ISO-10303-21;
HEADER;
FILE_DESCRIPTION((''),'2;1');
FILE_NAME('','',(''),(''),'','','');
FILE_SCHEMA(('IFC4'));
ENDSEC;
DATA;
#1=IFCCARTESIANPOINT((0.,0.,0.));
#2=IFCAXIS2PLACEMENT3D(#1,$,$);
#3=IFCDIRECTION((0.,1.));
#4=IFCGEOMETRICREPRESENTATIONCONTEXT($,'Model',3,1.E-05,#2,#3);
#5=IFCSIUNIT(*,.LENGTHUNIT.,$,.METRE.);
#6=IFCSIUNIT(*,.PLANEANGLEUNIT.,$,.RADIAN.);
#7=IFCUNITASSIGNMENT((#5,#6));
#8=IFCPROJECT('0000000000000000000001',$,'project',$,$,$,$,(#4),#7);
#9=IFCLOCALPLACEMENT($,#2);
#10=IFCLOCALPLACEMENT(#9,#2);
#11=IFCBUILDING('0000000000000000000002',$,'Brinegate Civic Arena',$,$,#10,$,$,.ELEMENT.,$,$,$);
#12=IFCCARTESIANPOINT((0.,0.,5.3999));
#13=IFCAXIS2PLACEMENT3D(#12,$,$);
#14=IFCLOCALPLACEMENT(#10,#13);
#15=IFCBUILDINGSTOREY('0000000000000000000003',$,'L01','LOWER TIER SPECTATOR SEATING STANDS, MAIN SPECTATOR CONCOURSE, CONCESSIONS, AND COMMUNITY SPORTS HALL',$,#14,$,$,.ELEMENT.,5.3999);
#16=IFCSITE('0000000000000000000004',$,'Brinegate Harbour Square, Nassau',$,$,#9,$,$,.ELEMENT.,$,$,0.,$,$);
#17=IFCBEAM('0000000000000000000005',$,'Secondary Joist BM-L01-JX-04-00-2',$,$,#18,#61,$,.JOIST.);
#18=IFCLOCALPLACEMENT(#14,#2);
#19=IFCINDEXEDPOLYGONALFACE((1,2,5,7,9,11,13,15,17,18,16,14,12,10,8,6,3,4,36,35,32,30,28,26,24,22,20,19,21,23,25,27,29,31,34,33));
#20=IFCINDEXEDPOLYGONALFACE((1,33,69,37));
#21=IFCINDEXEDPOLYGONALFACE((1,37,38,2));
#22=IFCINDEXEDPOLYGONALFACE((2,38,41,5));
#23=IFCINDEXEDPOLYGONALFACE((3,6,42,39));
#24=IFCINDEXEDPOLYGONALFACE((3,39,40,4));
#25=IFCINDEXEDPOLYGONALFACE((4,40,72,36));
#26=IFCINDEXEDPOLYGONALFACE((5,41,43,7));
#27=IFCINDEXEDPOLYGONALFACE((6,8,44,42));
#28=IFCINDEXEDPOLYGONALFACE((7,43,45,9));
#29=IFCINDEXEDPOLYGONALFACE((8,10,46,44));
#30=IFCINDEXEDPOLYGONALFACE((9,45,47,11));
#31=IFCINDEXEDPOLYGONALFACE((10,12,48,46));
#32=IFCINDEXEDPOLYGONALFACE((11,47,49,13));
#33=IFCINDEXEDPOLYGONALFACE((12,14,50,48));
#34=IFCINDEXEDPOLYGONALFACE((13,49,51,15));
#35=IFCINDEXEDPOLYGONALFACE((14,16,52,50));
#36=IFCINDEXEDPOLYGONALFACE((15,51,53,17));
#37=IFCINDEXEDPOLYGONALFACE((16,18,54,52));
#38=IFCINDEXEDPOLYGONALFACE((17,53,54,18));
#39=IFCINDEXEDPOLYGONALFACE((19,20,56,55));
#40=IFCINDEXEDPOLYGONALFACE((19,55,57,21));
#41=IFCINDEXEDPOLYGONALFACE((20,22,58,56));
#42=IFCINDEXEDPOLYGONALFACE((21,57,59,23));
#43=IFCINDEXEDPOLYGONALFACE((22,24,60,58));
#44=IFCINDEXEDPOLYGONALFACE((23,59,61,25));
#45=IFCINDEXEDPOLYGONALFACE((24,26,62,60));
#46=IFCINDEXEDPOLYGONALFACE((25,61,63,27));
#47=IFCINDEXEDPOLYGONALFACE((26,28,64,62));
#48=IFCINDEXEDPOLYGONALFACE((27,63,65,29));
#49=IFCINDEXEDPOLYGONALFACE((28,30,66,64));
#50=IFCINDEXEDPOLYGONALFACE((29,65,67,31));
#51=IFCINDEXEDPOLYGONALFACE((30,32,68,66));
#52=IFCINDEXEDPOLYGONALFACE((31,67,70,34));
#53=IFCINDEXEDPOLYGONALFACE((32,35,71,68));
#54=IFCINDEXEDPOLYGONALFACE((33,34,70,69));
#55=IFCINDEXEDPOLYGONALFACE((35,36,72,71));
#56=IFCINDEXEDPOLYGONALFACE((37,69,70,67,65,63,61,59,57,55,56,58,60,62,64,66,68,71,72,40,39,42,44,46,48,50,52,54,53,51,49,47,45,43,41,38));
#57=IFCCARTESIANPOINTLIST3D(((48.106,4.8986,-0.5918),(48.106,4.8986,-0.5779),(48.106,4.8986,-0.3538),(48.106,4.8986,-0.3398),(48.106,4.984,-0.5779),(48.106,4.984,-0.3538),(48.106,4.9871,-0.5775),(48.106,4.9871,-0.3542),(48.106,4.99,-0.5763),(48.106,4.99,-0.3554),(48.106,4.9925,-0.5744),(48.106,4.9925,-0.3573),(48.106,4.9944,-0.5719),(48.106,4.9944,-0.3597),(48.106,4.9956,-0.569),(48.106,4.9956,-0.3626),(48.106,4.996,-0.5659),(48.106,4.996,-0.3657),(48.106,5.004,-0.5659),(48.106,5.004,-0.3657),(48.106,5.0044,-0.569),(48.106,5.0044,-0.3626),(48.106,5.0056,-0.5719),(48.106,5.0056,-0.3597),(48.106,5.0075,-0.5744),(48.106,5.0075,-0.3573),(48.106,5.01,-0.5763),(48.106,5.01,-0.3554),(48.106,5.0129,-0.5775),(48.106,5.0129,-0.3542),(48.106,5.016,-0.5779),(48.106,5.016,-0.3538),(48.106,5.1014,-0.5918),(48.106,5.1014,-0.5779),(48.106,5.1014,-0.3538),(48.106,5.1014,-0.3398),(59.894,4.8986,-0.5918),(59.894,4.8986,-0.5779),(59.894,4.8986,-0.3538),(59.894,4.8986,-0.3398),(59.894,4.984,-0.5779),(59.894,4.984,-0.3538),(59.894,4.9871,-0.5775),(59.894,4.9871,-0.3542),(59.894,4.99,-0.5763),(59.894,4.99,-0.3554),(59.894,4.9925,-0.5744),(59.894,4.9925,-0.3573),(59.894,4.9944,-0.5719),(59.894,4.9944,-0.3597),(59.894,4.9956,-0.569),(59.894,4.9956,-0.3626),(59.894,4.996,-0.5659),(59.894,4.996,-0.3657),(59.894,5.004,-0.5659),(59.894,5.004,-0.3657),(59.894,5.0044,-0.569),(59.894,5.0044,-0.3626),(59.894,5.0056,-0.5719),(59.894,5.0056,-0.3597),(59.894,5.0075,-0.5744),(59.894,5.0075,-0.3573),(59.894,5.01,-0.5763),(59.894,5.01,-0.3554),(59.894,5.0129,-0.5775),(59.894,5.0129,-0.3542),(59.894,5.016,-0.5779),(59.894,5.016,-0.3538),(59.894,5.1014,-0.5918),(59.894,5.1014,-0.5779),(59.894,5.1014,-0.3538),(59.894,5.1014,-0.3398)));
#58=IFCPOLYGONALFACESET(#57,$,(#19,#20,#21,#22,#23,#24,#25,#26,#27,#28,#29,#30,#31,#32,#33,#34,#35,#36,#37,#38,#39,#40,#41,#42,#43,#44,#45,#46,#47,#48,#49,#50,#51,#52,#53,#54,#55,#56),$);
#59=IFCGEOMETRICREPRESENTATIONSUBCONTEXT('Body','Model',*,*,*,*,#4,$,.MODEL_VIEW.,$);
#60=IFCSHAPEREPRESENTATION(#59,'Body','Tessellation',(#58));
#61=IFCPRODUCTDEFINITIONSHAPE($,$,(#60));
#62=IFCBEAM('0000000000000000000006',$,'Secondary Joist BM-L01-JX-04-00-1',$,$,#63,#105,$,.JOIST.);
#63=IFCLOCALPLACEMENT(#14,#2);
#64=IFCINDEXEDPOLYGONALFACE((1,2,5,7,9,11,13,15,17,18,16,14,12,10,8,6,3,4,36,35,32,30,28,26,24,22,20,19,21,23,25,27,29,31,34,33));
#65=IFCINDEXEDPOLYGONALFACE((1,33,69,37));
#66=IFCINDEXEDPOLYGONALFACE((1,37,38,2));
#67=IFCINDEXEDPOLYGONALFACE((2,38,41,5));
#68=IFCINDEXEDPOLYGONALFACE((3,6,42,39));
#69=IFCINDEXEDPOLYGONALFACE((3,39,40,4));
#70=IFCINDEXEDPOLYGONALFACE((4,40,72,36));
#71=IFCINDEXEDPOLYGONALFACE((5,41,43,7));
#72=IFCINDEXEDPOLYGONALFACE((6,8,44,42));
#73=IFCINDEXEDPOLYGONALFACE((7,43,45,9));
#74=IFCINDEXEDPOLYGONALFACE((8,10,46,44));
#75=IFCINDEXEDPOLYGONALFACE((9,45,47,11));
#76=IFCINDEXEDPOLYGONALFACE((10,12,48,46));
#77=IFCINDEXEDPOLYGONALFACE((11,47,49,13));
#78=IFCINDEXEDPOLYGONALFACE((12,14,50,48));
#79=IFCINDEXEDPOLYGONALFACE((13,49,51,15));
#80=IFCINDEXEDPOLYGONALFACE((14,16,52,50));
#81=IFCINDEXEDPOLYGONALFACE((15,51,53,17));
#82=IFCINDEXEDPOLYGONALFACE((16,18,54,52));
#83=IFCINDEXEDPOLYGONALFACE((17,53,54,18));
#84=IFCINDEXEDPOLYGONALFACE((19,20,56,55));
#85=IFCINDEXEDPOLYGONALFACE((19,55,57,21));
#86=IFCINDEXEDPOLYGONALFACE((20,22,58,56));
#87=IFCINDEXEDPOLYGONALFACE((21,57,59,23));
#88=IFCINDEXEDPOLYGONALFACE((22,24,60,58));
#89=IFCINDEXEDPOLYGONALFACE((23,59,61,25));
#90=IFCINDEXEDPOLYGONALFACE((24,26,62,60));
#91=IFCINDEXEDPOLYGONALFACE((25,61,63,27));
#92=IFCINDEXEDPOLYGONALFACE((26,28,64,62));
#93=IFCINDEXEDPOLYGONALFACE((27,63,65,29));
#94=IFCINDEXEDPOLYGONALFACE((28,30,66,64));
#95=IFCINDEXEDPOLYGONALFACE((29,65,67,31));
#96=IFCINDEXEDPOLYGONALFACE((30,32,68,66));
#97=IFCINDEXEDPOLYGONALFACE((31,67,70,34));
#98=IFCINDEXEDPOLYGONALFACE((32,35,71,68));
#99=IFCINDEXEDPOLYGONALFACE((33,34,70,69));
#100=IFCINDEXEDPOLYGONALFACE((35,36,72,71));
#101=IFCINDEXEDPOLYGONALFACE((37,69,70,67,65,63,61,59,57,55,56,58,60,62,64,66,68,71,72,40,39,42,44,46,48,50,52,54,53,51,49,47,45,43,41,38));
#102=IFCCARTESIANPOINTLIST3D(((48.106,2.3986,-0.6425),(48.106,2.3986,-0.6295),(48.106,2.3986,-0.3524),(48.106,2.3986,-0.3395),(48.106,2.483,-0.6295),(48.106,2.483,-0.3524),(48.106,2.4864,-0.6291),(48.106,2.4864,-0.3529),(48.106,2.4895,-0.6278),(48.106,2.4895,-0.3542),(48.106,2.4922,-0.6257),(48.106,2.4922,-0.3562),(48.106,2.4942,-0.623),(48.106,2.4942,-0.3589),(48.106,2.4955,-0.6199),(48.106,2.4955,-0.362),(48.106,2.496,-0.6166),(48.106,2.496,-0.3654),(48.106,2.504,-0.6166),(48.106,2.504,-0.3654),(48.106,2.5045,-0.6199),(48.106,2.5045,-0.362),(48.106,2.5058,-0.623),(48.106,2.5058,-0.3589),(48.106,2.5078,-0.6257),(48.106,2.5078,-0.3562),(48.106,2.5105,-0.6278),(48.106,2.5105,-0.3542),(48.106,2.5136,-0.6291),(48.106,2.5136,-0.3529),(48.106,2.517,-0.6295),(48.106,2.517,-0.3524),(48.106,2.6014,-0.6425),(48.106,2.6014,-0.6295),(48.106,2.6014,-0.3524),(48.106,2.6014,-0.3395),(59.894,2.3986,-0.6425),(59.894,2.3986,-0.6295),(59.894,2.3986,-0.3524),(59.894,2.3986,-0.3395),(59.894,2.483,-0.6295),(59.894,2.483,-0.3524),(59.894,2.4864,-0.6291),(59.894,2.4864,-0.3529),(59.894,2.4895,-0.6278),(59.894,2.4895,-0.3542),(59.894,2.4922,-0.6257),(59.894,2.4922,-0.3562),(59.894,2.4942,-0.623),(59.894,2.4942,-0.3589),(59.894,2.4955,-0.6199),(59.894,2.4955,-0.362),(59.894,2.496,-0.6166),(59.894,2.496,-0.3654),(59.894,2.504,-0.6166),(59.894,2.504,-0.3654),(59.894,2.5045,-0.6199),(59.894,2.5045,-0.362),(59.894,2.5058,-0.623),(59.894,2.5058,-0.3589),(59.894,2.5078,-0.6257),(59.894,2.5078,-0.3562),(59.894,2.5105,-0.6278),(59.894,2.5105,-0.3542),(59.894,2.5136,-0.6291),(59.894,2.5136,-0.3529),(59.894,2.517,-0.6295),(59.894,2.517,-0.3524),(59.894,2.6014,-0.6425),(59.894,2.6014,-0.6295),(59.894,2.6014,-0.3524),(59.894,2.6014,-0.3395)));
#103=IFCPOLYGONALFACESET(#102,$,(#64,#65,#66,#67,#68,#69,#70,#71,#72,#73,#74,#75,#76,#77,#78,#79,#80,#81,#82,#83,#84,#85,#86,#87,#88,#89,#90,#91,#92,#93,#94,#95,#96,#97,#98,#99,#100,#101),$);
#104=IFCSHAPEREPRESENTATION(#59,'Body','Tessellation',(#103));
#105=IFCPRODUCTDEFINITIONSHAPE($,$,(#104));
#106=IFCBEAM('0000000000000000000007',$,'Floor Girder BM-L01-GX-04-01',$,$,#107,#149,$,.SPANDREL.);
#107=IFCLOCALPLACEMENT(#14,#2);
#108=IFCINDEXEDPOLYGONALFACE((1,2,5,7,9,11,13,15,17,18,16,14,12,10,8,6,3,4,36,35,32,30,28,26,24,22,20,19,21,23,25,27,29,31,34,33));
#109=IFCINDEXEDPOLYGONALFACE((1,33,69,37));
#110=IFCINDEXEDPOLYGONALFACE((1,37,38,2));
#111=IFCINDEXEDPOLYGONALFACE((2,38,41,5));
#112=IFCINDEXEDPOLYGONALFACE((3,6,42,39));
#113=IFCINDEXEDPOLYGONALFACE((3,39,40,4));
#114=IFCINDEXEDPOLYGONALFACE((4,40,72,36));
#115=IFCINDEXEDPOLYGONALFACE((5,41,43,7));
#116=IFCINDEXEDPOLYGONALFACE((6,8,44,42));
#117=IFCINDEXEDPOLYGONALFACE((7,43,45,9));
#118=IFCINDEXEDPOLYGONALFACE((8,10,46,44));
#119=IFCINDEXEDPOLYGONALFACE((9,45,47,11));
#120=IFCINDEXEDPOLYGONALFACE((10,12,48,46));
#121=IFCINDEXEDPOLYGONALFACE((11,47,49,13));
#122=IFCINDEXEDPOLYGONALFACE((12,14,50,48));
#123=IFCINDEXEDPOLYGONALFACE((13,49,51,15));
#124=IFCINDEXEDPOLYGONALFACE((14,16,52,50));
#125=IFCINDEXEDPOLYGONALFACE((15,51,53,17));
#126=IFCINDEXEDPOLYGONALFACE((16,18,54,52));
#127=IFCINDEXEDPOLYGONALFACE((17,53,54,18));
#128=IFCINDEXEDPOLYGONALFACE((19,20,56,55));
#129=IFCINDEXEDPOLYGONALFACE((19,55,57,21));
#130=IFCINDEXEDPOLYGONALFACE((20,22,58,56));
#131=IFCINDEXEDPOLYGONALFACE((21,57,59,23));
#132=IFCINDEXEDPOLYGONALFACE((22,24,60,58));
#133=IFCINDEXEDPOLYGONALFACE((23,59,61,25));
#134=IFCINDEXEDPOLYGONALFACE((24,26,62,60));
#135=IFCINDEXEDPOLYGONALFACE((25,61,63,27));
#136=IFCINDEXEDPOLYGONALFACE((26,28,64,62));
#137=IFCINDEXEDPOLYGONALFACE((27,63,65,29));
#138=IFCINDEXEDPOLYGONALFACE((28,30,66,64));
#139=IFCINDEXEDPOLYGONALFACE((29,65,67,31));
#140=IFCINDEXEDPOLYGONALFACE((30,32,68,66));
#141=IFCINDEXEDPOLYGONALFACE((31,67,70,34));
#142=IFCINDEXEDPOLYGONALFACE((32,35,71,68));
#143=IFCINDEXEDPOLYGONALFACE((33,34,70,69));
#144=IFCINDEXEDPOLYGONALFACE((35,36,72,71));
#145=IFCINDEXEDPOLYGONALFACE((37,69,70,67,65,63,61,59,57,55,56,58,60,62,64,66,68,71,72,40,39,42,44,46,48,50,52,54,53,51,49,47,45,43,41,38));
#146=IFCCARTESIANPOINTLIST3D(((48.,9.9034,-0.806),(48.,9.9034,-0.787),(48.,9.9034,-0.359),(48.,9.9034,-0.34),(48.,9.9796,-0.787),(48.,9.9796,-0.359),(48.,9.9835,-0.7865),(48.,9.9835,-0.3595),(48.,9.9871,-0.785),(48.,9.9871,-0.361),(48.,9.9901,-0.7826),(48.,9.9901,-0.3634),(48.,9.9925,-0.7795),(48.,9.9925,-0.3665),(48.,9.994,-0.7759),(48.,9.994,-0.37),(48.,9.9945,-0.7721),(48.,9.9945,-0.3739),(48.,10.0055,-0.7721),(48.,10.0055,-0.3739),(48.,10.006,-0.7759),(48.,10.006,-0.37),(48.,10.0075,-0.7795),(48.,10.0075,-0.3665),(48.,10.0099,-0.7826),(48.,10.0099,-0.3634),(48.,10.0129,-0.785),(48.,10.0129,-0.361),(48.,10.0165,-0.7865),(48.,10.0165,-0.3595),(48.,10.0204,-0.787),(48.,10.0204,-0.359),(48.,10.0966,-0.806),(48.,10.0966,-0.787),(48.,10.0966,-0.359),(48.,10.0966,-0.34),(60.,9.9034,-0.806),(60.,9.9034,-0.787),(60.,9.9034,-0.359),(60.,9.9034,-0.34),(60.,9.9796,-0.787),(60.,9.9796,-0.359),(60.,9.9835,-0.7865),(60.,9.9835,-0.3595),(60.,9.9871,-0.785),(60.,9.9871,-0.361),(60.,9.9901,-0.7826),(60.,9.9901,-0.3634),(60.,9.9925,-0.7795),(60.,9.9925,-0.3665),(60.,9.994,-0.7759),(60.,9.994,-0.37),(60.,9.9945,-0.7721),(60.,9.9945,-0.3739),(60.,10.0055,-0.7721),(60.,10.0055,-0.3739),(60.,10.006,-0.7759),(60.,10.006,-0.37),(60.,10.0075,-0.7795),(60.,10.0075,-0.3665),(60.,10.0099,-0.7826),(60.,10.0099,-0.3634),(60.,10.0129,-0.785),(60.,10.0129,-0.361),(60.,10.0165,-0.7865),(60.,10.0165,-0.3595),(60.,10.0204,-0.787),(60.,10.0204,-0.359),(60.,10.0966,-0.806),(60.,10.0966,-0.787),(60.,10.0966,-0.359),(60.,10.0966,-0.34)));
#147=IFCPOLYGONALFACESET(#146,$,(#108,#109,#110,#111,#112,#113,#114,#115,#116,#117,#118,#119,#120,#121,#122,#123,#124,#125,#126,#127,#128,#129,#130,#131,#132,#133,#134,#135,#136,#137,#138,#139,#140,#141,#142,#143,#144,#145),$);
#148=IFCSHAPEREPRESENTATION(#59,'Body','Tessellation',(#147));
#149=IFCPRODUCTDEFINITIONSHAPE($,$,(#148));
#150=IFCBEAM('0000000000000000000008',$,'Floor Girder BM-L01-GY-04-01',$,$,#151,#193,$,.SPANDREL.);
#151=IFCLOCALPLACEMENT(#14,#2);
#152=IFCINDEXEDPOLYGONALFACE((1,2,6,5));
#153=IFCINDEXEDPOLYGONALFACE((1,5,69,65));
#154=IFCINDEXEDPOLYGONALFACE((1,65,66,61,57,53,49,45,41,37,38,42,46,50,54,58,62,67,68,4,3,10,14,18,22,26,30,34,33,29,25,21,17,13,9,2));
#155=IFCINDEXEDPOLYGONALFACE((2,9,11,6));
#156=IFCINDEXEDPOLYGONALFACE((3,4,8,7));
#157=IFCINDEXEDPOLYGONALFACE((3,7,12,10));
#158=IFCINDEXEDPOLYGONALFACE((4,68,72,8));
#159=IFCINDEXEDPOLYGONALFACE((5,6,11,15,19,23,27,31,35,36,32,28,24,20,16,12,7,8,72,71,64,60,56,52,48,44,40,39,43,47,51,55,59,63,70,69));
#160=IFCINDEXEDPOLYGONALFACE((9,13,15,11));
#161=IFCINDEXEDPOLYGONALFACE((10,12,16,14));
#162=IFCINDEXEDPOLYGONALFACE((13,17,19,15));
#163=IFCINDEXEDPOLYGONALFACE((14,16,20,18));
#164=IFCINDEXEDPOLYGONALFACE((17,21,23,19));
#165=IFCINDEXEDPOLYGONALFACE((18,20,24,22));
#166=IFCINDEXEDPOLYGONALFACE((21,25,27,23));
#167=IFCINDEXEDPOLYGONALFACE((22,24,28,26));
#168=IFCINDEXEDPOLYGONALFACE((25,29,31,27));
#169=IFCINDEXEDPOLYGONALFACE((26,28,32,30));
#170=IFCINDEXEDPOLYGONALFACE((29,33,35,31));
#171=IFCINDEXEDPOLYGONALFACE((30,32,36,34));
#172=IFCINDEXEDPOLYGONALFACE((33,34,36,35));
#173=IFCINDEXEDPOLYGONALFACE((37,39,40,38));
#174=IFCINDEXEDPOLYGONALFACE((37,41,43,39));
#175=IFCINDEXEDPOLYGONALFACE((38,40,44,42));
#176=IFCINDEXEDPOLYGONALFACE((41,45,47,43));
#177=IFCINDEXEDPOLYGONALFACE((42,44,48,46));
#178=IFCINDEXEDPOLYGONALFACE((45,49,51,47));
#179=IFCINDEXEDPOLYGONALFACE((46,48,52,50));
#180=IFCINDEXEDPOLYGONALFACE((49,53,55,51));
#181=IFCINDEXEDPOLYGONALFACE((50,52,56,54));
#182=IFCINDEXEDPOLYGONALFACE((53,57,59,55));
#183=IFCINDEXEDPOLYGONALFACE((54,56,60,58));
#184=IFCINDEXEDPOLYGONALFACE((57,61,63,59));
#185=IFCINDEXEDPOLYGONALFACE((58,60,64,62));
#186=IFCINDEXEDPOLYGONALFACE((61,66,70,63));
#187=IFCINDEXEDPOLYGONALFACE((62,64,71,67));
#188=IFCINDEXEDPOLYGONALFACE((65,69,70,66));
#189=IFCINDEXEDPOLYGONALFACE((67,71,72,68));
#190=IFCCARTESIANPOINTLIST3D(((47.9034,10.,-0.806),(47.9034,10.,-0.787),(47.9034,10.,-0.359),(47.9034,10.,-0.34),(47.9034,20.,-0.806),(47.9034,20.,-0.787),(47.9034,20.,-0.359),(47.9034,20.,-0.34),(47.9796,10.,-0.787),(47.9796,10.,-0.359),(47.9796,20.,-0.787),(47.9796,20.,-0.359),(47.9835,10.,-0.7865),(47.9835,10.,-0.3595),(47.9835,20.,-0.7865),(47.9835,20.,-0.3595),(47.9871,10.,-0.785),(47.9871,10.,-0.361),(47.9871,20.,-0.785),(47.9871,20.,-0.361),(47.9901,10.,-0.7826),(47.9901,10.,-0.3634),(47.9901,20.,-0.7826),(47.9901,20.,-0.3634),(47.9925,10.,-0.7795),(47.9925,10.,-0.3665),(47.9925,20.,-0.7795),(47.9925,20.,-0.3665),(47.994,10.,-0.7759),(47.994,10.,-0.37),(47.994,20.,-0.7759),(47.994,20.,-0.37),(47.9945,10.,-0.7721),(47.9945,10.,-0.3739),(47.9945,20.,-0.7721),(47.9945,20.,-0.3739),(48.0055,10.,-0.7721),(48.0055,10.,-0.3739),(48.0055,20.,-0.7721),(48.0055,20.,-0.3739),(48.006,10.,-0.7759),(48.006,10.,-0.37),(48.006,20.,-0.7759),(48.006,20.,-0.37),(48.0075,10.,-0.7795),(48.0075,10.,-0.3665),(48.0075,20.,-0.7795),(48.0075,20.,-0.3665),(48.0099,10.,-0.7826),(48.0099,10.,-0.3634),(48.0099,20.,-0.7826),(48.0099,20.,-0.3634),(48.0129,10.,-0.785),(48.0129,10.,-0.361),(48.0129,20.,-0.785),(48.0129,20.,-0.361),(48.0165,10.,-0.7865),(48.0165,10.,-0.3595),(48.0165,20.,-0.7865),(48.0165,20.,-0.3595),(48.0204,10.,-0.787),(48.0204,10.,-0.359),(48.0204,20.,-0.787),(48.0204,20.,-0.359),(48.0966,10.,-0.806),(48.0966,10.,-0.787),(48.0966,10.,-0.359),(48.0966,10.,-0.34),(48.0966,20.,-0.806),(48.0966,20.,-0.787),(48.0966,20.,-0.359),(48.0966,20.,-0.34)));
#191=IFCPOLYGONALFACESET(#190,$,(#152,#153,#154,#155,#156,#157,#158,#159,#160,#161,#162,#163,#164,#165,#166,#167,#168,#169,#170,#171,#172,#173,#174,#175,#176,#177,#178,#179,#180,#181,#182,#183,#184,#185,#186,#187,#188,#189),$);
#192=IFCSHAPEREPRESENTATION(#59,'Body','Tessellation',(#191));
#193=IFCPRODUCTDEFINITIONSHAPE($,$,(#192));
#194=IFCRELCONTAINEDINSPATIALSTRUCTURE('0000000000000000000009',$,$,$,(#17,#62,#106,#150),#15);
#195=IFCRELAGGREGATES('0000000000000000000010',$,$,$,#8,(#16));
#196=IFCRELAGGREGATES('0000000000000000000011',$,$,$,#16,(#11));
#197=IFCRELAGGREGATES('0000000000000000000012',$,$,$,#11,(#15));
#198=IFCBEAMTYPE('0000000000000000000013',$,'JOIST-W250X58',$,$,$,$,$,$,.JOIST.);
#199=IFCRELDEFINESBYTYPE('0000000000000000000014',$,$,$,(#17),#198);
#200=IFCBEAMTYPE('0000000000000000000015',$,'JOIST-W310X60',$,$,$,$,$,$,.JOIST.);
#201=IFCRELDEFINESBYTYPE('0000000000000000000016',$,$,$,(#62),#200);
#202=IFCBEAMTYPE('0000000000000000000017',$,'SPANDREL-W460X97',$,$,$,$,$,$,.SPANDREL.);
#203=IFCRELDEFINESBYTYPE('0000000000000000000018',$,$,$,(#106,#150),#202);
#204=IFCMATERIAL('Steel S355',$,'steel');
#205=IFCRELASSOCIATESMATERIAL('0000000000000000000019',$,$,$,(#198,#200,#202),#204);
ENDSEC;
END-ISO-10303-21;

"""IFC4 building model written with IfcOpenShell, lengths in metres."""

from ifc_helpers import new_model, si_unit, direction, frame, origin, origin_2d, place, context, subcontext, project, spatial, i_section, extrude, material, material_profile, profile_set, type_object, element, save


model = new_model("IFC4")

# Units and contexts
model_context = context("Model", 3, precision=1e-05, world=origin(), true_north=direction((0.0, 1.0)))
body_context = subcontext(model_context, "Body", "Model", "MODEL_VIEW")
ifc_project = project(units=[si_unit("LENGTHUNIT", "METRE"), si_unit("PLANEANGLEUNIT", "RADIAN")], contexts=[model_context])

# Site, building, storey
site_placement = place(None, origin())
site = spatial("IfcSite", under=ifc_project, at=site_placement, Name="Brinegate Harbour Square, Nassau", CompositionType="ELEMENT", RefElevation=0.0)
building_placement = place(site_placement, origin())
building = spatial("IfcBuilding", under=site, at=building_placement, Name="Brinegate Civic Arena", CompositionType="ELEMENT")
storey_placement = place(building_placement, frame((0.0, 0.0, 5.3999)))
storey = spatial("IfcBuildingStorey", under=building, at=storey_placement, Name="L01", Description="LOWER TIER SPECTATOR SEATING STANDS, MAIN SPECTATOR CONCOURSE, CONCESSIONS, AND COMMUNITY SPORTS HALL", CompositionType="ELEMENT", Elevation=5.3999)

# Beams
ifc_material_1 = material(Name="Steel S355", Category="steel")
ifc_material_profile_1 = material_profile(ifc_material_1, i_section(OverallWidth=0.2029, OverallDepth=0.252, WebThickness=0.0081, FlangeThickness=0.0139, FilletRadius=0.012, at=origin_2d()), Name="W250X58")
ifc_profile_set_1 = profile_set([ifc_material_profile_1], Name="Steel S355")
beam_type_1 = type_object("IfcBeamType", Name="JOIST-W250X58", PredefinedType="JOIST", material=ifc_profile_set_1)
beam_1_placement = place(storey_placement, frame((48.106, 5.0, -0.4658), z_axis=(1.0, 0.0, 0.0), x_axis=(0.0, 1.0, 0.0)))
element("IfcBeam", 1, at=beam_1_placement, inside=storey, type_object=beam_type_1, Name="Secondary Joist BM-L01-JX-04-00-2", PredefinedType="JOIST", context=body_context, shape_type="SweptSolid", body=[
    extrude(i_section(OverallWidth=0.2029, OverallDepth=0.252, WebThickness=0.0081, FlangeThickness=0.0139, FilletRadius=0.012, at=origin_2d()), origin(), (0.0, 0.0, 1.0), 11.7881),
])
ifc_material_profile_2 = material_profile(ifc_material_1, i_section(OverallWidth=0.2029, OverallDepth=0.303, WebThickness=0.0081, FlangeThickness=0.0129, FilletRadius=0.0129, at=origin_2d()), Name="W310X60")
ifc_profile_set_2 = profile_set([ifc_material_profile_2], Name="Steel S355")
beam_type_2 = type_object("IfcBeamType", Name="JOIST-W310X60", PredefinedType="JOIST", material=ifc_profile_set_2)
beam_2_placement = place(storey_placement, frame((48.106, 2.5, -0.491), z_axis=(1.0, 0.0, 0.0), x_axis=(0.0, 1.0, 0.0)))
element("IfcBeam", 2, at=beam_2_placement, inside=storey, type_object=beam_type_2, Name="Secondary Joist BM-L01-JX-04-00-1", PredefinedType="JOIST", context=body_context, shape_type="SweptSolid", body=[
    extrude(i_section(OverallWidth=0.2029, OverallDepth=0.303, WebThickness=0.0081, FlangeThickness=0.0129, FilletRadius=0.0129, at=origin_2d()), origin(), (0.0, 0.0, 1.0), 11.7881),
])
ifc_material_profile_3 = material_profile(ifc_material_1, i_section(OverallWidth=0.1931, OverallDepth=0.4661, WebThickness=0.011, FlangeThickness=0.019, FilletRadius=0.0149, at=origin_2d()), Name="W460X97")
ifc_profile_set_3 = profile_set([ifc_material_profile_3], Name="Steel S355")
beam_type_3 = type_object("IfcBeamType", Name="SPANDREL-W460X97", PredefinedType="SPANDREL", material=ifc_profile_set_3)
beam_3_placement = place(storey_placement, frame((48.0, 10.0, -0.573), z_axis=(1.0, 0.0, 0.0), x_axis=(0.0, 1.0, 0.0)))
element("IfcBeam", 3, at=beam_3_placement, inside=storey, type_object=beam_type_3, Name="Floor Girder BM-L01-GX-04-01", PredefinedType="SPANDREL", context=body_context, shape_type="SweptSolid", body=[
    extrude(i_section(OverallWidth=0.1931, OverallDepth=0.4661, WebThickness=0.011, FlangeThickness=0.019, FilletRadius=0.0149, at=origin_2d()), origin(), (0.0, 0.0, 1.0), 12.0),
])
beam_4_placement = place(storey_placement, frame((48.0, 10.0, -0.573), z_axis=(0.0, 1.0, 0.0), x_axis=(-1.0, 0.0, 0.0)))
element("IfcBeam", 4, at=beam_4_placement, inside=storey, type_object=beam_type_3, Name="Floor Girder BM-L01-GY-04-01", PredefinedType="SPANDREL", context=body_context, shape_type="SweptSolid", body=[
    extrude(i_section(OverallWidth=0.1931, OverallDepth=0.4661, WebThickness=0.011, FlangeThickness=0.019, FilletRadius=0.0149, at=origin_2d()), origin(), (0.0, 0.0, 1.0), 10.0),
])

save(model, "model.ifc")
